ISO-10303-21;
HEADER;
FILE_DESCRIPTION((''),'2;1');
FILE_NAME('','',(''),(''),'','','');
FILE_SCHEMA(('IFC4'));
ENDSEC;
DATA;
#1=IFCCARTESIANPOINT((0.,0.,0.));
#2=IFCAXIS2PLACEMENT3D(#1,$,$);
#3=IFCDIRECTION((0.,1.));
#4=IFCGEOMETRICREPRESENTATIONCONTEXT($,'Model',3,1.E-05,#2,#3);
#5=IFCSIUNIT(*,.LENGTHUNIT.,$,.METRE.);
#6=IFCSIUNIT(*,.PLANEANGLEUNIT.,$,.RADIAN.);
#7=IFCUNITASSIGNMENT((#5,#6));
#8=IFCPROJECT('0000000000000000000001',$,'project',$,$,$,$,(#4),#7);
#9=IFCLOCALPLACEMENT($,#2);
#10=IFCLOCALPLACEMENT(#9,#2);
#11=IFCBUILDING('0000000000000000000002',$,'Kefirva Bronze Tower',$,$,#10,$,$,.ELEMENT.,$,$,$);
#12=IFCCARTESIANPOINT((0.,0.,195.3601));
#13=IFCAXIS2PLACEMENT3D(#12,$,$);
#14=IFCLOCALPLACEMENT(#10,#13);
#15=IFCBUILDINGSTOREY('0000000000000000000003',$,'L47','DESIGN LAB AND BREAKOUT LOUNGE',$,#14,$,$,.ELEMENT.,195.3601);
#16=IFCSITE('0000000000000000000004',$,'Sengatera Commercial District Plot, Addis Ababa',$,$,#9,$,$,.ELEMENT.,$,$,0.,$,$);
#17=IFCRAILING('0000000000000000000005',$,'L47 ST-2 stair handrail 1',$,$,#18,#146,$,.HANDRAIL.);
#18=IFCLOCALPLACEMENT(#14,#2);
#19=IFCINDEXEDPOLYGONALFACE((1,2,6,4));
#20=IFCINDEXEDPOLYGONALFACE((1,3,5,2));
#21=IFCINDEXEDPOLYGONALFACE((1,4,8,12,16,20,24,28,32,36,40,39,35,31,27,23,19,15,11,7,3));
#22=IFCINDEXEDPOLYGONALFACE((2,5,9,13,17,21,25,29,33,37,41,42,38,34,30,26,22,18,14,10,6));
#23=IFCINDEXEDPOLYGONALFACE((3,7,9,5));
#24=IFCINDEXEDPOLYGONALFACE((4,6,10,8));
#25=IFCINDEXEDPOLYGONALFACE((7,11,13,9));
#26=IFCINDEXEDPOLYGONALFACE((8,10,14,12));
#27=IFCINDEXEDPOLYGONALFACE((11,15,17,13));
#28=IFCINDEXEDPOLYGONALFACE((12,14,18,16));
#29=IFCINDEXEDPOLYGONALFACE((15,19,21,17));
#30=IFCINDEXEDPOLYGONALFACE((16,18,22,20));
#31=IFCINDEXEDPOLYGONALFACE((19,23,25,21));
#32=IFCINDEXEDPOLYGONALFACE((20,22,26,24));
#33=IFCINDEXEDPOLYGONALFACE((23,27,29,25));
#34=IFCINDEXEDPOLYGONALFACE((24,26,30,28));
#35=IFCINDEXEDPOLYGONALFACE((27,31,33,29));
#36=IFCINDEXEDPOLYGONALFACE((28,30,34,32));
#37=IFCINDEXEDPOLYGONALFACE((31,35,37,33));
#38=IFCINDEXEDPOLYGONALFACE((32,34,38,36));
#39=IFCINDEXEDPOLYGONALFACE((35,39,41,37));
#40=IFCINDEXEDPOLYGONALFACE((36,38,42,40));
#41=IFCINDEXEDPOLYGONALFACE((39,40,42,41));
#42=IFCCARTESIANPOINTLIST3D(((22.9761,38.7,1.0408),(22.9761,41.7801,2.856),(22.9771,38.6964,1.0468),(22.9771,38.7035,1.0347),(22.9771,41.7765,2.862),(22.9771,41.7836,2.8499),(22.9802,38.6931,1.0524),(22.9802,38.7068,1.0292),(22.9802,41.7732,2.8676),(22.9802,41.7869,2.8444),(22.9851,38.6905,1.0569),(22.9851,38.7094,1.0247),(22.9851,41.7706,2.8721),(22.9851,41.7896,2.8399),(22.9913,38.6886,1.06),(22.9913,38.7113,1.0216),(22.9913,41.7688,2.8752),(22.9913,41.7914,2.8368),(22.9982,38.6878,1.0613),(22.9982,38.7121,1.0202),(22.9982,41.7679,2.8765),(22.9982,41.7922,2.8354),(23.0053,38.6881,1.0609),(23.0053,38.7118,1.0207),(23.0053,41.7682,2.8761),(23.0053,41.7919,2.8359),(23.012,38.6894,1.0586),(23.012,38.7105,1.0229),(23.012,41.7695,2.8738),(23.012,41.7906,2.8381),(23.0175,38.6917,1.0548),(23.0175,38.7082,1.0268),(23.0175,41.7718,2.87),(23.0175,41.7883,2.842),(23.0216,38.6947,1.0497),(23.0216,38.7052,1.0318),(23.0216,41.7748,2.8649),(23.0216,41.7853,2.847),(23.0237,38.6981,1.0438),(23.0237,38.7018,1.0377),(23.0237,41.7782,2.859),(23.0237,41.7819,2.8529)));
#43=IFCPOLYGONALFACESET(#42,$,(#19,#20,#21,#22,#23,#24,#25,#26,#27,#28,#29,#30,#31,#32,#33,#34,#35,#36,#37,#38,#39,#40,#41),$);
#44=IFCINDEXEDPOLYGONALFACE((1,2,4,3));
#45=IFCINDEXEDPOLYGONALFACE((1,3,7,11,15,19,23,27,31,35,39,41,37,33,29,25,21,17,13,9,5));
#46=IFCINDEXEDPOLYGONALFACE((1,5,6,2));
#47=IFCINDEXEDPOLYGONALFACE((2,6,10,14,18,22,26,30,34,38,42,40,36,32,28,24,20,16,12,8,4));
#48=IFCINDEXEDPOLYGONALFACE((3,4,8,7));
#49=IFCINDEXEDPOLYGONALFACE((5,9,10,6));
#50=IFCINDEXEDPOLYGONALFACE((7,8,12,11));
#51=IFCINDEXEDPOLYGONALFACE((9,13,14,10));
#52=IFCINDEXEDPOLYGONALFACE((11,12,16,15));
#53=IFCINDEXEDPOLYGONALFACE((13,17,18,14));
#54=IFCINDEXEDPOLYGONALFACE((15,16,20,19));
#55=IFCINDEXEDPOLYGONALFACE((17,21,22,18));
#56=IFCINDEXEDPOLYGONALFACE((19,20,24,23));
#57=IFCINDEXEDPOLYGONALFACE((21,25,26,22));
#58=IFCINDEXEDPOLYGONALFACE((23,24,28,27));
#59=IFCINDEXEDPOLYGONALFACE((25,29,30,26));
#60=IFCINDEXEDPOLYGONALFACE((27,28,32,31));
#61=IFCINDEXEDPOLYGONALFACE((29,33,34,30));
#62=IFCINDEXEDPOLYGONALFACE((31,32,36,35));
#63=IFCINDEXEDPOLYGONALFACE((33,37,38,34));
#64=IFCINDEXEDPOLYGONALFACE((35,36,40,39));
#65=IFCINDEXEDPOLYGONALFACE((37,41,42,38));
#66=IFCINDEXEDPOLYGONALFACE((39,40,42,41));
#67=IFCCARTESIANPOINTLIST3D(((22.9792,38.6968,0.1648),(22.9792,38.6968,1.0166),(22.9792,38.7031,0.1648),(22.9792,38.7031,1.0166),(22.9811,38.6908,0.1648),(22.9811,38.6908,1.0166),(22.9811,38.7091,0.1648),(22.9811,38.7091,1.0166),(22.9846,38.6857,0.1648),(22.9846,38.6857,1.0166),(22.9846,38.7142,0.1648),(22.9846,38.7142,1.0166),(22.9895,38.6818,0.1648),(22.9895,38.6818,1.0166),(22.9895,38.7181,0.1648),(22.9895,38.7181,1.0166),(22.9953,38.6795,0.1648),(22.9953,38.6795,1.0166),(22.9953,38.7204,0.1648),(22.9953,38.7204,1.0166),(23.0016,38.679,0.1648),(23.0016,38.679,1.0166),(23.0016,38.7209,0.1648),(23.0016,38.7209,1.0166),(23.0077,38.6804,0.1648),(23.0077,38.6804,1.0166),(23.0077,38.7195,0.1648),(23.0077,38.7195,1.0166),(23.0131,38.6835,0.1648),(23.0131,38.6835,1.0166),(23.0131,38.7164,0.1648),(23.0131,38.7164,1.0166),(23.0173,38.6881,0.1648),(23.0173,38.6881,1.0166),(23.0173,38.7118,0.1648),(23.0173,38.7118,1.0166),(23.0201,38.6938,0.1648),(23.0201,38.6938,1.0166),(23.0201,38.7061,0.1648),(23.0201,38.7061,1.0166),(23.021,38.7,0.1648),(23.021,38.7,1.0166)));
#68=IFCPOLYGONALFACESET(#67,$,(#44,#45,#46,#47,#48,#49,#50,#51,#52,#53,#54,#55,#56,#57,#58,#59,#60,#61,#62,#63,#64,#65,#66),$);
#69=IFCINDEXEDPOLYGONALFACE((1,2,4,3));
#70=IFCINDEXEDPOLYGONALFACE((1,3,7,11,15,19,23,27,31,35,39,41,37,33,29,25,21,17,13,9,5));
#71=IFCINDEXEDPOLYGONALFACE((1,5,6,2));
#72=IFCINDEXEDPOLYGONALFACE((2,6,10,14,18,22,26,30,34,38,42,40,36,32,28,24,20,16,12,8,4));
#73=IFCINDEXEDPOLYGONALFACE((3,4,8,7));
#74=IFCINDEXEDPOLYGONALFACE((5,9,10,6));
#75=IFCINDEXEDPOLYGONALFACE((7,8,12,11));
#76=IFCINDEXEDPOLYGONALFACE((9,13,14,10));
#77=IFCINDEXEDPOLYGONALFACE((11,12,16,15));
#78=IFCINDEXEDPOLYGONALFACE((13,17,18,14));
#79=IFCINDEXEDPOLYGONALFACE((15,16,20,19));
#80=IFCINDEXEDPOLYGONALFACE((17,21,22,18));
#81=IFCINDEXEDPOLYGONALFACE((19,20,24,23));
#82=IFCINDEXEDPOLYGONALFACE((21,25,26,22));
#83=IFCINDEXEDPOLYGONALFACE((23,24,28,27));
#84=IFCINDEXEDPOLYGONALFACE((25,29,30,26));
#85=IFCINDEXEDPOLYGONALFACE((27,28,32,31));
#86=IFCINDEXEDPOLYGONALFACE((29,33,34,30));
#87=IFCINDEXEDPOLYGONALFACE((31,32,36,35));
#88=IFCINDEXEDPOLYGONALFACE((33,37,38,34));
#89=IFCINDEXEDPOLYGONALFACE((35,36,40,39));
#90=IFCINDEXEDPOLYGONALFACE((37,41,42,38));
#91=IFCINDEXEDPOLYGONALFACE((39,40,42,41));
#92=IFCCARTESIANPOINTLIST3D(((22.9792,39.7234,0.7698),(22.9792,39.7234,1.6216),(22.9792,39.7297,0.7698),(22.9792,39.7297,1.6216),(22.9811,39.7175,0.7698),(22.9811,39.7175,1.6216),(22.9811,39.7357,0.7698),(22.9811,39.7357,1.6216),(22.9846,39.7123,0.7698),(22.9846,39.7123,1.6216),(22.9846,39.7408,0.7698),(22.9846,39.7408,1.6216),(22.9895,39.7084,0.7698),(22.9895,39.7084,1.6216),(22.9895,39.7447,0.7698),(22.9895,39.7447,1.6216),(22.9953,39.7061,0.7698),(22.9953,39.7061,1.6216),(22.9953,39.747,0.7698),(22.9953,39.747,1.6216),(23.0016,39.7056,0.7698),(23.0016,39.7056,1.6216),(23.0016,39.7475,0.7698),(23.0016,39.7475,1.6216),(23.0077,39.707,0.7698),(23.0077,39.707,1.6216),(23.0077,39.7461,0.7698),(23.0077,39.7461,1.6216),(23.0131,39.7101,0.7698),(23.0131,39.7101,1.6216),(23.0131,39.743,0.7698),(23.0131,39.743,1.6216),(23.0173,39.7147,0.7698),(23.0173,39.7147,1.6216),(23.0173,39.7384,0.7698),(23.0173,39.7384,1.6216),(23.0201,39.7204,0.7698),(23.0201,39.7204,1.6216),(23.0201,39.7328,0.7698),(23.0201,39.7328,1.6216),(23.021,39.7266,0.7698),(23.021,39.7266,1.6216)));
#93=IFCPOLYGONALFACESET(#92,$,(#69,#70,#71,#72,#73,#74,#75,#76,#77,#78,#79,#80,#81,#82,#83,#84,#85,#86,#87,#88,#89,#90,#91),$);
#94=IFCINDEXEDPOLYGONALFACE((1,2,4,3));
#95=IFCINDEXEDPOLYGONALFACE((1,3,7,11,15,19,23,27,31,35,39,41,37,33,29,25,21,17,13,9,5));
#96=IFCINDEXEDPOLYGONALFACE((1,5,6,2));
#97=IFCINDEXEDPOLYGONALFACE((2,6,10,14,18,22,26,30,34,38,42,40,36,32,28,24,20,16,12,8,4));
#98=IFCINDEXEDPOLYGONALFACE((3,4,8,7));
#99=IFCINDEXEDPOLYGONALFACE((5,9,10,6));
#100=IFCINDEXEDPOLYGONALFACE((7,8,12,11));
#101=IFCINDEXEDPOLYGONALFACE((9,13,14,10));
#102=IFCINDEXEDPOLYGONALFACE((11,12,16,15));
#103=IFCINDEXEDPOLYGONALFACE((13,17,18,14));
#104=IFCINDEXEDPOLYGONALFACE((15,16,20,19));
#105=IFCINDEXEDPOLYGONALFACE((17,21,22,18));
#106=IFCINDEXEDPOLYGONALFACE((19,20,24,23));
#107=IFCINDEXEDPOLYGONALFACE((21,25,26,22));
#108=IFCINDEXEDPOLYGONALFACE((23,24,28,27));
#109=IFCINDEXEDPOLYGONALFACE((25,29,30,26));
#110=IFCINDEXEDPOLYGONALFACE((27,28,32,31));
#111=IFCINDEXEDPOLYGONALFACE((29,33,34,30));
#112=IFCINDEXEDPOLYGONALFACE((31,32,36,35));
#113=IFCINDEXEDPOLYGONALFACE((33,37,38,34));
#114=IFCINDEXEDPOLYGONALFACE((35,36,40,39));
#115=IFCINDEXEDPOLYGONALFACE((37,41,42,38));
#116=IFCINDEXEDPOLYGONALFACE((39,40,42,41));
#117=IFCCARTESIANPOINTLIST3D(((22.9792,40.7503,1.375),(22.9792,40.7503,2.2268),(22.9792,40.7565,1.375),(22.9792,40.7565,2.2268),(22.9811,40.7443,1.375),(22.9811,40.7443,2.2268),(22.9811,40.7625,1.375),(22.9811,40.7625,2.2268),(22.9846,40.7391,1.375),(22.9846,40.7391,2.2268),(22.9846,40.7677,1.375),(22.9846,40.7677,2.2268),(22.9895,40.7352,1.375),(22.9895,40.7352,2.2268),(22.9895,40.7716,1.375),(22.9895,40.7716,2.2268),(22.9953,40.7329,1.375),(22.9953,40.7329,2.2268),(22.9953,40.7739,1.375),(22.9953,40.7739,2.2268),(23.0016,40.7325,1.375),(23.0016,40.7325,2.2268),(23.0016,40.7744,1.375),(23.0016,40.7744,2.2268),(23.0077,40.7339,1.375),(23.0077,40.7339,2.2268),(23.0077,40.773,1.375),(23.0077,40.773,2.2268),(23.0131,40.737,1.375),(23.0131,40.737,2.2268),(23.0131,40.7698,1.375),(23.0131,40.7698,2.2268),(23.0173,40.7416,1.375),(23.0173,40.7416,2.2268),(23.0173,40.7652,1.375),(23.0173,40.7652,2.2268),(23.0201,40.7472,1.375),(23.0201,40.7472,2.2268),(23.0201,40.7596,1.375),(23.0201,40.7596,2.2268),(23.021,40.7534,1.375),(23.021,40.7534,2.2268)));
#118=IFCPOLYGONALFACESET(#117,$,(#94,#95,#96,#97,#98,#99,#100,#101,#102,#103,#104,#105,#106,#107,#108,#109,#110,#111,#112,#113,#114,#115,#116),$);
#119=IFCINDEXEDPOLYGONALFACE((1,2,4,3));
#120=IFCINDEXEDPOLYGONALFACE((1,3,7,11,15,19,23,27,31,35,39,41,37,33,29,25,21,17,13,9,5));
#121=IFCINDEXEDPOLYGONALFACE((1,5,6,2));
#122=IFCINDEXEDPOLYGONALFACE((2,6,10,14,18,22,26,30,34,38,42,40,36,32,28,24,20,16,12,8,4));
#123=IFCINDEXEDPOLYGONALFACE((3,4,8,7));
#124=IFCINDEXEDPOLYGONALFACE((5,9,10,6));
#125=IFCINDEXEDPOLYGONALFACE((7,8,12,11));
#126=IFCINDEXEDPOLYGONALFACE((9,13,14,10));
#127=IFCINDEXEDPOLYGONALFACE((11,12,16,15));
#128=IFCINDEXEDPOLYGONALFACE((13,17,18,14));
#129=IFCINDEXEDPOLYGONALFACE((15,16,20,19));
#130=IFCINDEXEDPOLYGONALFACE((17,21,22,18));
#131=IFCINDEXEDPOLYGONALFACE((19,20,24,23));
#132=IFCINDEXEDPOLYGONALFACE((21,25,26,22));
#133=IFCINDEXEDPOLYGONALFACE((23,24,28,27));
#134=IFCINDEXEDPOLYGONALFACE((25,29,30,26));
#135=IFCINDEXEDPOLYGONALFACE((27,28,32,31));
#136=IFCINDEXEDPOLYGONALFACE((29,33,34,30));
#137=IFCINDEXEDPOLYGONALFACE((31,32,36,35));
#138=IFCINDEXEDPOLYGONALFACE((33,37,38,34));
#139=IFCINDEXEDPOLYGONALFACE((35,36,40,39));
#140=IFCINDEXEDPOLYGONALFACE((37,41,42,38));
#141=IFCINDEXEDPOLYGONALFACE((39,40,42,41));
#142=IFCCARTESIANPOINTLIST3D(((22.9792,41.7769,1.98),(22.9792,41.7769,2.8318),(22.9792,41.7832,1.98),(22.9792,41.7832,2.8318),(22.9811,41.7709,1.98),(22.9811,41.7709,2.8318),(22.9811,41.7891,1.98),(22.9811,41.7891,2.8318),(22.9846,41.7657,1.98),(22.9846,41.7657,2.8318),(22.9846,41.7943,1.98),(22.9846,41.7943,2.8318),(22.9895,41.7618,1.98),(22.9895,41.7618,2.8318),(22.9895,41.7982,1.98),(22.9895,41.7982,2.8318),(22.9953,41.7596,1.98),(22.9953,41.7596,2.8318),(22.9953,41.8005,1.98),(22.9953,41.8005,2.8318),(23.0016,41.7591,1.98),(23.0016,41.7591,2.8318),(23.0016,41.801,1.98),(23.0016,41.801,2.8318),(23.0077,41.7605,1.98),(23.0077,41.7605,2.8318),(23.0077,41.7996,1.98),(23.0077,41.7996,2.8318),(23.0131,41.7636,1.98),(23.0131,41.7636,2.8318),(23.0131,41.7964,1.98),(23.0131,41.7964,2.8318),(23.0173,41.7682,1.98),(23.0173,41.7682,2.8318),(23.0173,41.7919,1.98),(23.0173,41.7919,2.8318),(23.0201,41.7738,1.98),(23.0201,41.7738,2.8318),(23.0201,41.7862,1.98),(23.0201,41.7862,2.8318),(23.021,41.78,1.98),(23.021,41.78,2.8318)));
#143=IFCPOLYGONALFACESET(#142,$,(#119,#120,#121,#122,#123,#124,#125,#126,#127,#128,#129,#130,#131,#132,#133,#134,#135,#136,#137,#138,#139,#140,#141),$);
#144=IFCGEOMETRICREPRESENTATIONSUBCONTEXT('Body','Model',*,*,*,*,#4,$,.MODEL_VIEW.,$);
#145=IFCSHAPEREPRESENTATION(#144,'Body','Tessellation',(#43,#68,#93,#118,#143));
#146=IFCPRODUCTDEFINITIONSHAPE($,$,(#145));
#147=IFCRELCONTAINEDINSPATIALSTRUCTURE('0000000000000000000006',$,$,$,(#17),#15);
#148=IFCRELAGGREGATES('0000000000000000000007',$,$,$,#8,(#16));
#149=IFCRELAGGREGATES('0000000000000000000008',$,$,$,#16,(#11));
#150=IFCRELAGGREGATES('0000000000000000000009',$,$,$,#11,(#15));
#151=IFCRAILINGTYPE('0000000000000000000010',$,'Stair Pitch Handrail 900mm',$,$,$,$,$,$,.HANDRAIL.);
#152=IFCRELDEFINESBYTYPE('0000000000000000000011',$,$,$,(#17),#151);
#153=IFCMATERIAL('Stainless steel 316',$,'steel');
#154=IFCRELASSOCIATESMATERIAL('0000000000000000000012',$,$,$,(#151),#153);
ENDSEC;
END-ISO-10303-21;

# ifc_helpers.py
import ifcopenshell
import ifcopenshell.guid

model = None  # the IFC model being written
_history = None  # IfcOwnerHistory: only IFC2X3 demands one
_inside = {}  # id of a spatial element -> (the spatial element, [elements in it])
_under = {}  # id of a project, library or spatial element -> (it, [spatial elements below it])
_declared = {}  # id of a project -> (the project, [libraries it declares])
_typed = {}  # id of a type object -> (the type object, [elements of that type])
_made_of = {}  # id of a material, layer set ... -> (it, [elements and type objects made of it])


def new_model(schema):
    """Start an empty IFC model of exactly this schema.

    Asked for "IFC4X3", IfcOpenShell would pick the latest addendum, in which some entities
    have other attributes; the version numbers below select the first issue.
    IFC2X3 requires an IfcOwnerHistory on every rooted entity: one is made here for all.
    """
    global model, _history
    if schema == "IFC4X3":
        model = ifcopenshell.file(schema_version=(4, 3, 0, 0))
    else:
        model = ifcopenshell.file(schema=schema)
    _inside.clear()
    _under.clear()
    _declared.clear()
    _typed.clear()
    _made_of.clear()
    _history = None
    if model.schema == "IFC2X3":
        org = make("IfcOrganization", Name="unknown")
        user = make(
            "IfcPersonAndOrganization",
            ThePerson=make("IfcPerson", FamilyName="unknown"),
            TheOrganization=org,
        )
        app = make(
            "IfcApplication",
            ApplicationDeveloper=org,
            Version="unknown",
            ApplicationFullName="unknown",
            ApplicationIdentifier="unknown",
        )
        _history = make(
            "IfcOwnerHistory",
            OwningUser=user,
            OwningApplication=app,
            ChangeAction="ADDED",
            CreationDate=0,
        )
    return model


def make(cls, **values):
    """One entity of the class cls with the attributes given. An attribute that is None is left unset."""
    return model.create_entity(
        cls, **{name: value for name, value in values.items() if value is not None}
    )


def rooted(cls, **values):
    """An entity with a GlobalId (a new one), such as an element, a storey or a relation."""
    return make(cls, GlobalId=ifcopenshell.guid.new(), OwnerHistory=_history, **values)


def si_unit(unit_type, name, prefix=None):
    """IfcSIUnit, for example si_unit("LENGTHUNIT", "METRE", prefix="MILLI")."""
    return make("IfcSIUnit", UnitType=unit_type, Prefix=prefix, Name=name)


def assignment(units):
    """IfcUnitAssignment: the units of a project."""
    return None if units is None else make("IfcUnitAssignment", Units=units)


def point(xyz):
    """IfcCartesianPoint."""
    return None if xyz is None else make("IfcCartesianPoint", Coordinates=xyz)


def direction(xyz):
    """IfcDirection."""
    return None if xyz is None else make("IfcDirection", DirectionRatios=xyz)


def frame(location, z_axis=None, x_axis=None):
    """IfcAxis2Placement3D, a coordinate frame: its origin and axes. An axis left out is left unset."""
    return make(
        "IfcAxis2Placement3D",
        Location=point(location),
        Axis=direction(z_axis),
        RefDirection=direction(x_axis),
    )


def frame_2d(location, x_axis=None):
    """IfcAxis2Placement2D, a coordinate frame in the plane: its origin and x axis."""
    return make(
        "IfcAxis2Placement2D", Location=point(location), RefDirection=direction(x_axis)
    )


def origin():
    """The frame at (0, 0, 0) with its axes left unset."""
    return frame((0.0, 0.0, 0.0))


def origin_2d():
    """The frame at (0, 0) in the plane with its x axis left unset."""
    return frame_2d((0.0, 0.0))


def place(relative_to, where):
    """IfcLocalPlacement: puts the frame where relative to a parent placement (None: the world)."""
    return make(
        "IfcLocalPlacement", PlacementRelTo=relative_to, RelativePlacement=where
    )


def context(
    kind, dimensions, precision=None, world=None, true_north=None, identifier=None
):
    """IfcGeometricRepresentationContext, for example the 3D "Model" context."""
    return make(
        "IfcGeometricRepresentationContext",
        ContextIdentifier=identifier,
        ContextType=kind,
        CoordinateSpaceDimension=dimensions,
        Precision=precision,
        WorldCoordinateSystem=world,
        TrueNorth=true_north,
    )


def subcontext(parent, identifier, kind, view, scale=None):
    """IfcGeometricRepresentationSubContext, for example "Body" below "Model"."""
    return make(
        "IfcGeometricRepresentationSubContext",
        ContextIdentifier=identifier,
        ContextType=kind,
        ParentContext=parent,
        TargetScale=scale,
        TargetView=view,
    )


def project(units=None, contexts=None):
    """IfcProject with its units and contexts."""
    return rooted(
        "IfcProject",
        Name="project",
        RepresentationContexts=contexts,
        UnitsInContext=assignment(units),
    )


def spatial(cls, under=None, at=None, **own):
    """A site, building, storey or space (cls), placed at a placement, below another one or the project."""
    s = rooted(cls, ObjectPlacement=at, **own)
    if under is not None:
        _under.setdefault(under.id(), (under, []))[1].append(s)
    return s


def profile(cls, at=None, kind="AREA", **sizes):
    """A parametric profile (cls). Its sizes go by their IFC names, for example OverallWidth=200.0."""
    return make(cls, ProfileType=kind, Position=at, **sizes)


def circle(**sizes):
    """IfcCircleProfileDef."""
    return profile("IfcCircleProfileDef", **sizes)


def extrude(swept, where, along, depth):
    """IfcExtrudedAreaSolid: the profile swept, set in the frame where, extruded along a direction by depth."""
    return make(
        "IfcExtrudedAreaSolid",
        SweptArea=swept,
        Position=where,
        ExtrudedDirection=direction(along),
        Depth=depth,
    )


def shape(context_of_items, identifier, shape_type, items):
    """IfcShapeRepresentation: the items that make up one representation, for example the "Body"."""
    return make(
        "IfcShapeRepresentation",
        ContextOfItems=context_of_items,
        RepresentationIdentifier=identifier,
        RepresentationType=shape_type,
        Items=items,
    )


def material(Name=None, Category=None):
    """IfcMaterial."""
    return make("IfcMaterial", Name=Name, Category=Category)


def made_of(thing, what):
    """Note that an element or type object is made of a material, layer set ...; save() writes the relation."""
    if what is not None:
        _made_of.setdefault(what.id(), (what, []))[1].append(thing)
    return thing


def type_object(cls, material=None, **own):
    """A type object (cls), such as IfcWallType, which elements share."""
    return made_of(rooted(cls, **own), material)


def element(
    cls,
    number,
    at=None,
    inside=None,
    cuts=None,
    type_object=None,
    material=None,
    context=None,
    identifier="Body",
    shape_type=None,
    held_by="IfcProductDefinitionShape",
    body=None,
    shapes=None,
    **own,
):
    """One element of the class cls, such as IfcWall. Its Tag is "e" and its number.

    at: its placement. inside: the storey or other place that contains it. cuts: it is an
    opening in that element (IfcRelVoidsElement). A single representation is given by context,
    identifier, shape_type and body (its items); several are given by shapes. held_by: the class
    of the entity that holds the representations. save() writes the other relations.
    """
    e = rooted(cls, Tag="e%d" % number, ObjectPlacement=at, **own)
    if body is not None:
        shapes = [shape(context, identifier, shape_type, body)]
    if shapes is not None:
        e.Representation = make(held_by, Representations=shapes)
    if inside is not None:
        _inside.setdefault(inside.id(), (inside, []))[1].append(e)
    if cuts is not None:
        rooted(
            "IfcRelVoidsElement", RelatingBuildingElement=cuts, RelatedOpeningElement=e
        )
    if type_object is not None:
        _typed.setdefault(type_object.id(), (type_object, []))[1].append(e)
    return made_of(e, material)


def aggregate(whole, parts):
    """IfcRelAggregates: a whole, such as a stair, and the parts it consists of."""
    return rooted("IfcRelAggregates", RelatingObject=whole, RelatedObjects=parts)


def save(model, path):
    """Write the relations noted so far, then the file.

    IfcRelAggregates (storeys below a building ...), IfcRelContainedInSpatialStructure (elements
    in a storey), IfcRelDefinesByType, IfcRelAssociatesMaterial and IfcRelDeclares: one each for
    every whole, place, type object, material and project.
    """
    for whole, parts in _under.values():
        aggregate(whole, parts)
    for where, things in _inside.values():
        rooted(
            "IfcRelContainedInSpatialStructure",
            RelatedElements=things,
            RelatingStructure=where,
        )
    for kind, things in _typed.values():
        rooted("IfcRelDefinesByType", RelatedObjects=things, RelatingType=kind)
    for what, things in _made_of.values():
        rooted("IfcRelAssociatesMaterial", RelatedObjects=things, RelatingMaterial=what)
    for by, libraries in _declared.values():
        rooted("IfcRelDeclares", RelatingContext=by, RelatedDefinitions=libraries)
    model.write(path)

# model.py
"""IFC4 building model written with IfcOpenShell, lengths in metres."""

from ifc_helpers import new_model, si_unit, direction, frame, origin, origin_2d, place, context, subcontext, project, spatial, circle, extrude, material, type_object, element, save


model = new_model("IFC4")

# Units and contexts
model_context = context("Model", 3, precision=1e-05, world=origin(), true_north=direction((0.0, 1.0)))
body_context = subcontext(model_context, "Body", "Model", "MODEL_VIEW")
ifc_project = project(units=[si_unit("LENGTHUNIT", "METRE"), si_unit("PLANEANGLEUNIT", "RADIAN")], contexts=[model_context])

# Site, building, storey
site_placement = place(None, origin())
site = spatial("IfcSite", under=ifc_project, at=site_placement, Name="Sengatera Commercial District Plot, Addis Ababa", CompositionType="ELEMENT", RefElevation=0.0)
building_placement = place(site_placement, origin())
building = spatial("IfcBuilding", under=site, at=building_placement, Name="Kefirva Bronze Tower", CompositionType="ELEMENT")
storey_placement = place(building_placement, frame((0.0, 0.0, 195.3601)))
storey = spatial("IfcBuildingStorey", under=building, at=storey_placement, Name="L47", Description="DESIGN LAB AND BREAKOUT LOUNGE", CompositionType="ELEMENT", Elevation=195.3601)

# Railing
ifc_material_1 = material(Name="Stainless steel 316", Category="steel")
railing_type_1 = type_object("IfcRailingType", Name="Stair Pitch Handrail 900mm", PredefinedType="HANDRAIL", material=ifc_material_1)
railing_1_placement = place(storey_placement, frame((23.0, 38.7, 0.1648)))
element("IfcRailing", 1, at=railing_1_placement, inside=storey, type_object=railing_type_1, Name="L47 ST-2 stair handrail 1", PredefinedType="HANDRAIL", context=body_context, shape_type="SweptSolid", body=[
    extrude(circle(Radius=0.0239, at=origin_2d()), frame((0.0, 0.0, 0.876), z_axis=(0.0, 0.861521, 0.507721), x_axis=(-1.0, 0.0, 0.0)), (0.0, 0.0, 1.0), 3.5752),
    extrude(circle(Radius=0.021, at=origin_2d()), origin(), (0.0, 0.0, 1.0), 0.8518),
    extrude(circle(Radius=0.021, at=origin_2d()), frame((0.0, 1.0266, 0.605)), (0.0, 0.0, 1.0), 0.8518),
    extrude(circle(Radius=0.021, at=origin_2d()), frame((0.0, 2.0535, 1.2102)), (0.0, 0.0, 1.0), 0.8518),
    extrude(circle(Radius=0.021, at=origin_2d()), frame((0.0, 3.0801, 1.8152)), (0.0, 0.0, 1.0), 0.8518),
])

save(model, "model.ifc")
